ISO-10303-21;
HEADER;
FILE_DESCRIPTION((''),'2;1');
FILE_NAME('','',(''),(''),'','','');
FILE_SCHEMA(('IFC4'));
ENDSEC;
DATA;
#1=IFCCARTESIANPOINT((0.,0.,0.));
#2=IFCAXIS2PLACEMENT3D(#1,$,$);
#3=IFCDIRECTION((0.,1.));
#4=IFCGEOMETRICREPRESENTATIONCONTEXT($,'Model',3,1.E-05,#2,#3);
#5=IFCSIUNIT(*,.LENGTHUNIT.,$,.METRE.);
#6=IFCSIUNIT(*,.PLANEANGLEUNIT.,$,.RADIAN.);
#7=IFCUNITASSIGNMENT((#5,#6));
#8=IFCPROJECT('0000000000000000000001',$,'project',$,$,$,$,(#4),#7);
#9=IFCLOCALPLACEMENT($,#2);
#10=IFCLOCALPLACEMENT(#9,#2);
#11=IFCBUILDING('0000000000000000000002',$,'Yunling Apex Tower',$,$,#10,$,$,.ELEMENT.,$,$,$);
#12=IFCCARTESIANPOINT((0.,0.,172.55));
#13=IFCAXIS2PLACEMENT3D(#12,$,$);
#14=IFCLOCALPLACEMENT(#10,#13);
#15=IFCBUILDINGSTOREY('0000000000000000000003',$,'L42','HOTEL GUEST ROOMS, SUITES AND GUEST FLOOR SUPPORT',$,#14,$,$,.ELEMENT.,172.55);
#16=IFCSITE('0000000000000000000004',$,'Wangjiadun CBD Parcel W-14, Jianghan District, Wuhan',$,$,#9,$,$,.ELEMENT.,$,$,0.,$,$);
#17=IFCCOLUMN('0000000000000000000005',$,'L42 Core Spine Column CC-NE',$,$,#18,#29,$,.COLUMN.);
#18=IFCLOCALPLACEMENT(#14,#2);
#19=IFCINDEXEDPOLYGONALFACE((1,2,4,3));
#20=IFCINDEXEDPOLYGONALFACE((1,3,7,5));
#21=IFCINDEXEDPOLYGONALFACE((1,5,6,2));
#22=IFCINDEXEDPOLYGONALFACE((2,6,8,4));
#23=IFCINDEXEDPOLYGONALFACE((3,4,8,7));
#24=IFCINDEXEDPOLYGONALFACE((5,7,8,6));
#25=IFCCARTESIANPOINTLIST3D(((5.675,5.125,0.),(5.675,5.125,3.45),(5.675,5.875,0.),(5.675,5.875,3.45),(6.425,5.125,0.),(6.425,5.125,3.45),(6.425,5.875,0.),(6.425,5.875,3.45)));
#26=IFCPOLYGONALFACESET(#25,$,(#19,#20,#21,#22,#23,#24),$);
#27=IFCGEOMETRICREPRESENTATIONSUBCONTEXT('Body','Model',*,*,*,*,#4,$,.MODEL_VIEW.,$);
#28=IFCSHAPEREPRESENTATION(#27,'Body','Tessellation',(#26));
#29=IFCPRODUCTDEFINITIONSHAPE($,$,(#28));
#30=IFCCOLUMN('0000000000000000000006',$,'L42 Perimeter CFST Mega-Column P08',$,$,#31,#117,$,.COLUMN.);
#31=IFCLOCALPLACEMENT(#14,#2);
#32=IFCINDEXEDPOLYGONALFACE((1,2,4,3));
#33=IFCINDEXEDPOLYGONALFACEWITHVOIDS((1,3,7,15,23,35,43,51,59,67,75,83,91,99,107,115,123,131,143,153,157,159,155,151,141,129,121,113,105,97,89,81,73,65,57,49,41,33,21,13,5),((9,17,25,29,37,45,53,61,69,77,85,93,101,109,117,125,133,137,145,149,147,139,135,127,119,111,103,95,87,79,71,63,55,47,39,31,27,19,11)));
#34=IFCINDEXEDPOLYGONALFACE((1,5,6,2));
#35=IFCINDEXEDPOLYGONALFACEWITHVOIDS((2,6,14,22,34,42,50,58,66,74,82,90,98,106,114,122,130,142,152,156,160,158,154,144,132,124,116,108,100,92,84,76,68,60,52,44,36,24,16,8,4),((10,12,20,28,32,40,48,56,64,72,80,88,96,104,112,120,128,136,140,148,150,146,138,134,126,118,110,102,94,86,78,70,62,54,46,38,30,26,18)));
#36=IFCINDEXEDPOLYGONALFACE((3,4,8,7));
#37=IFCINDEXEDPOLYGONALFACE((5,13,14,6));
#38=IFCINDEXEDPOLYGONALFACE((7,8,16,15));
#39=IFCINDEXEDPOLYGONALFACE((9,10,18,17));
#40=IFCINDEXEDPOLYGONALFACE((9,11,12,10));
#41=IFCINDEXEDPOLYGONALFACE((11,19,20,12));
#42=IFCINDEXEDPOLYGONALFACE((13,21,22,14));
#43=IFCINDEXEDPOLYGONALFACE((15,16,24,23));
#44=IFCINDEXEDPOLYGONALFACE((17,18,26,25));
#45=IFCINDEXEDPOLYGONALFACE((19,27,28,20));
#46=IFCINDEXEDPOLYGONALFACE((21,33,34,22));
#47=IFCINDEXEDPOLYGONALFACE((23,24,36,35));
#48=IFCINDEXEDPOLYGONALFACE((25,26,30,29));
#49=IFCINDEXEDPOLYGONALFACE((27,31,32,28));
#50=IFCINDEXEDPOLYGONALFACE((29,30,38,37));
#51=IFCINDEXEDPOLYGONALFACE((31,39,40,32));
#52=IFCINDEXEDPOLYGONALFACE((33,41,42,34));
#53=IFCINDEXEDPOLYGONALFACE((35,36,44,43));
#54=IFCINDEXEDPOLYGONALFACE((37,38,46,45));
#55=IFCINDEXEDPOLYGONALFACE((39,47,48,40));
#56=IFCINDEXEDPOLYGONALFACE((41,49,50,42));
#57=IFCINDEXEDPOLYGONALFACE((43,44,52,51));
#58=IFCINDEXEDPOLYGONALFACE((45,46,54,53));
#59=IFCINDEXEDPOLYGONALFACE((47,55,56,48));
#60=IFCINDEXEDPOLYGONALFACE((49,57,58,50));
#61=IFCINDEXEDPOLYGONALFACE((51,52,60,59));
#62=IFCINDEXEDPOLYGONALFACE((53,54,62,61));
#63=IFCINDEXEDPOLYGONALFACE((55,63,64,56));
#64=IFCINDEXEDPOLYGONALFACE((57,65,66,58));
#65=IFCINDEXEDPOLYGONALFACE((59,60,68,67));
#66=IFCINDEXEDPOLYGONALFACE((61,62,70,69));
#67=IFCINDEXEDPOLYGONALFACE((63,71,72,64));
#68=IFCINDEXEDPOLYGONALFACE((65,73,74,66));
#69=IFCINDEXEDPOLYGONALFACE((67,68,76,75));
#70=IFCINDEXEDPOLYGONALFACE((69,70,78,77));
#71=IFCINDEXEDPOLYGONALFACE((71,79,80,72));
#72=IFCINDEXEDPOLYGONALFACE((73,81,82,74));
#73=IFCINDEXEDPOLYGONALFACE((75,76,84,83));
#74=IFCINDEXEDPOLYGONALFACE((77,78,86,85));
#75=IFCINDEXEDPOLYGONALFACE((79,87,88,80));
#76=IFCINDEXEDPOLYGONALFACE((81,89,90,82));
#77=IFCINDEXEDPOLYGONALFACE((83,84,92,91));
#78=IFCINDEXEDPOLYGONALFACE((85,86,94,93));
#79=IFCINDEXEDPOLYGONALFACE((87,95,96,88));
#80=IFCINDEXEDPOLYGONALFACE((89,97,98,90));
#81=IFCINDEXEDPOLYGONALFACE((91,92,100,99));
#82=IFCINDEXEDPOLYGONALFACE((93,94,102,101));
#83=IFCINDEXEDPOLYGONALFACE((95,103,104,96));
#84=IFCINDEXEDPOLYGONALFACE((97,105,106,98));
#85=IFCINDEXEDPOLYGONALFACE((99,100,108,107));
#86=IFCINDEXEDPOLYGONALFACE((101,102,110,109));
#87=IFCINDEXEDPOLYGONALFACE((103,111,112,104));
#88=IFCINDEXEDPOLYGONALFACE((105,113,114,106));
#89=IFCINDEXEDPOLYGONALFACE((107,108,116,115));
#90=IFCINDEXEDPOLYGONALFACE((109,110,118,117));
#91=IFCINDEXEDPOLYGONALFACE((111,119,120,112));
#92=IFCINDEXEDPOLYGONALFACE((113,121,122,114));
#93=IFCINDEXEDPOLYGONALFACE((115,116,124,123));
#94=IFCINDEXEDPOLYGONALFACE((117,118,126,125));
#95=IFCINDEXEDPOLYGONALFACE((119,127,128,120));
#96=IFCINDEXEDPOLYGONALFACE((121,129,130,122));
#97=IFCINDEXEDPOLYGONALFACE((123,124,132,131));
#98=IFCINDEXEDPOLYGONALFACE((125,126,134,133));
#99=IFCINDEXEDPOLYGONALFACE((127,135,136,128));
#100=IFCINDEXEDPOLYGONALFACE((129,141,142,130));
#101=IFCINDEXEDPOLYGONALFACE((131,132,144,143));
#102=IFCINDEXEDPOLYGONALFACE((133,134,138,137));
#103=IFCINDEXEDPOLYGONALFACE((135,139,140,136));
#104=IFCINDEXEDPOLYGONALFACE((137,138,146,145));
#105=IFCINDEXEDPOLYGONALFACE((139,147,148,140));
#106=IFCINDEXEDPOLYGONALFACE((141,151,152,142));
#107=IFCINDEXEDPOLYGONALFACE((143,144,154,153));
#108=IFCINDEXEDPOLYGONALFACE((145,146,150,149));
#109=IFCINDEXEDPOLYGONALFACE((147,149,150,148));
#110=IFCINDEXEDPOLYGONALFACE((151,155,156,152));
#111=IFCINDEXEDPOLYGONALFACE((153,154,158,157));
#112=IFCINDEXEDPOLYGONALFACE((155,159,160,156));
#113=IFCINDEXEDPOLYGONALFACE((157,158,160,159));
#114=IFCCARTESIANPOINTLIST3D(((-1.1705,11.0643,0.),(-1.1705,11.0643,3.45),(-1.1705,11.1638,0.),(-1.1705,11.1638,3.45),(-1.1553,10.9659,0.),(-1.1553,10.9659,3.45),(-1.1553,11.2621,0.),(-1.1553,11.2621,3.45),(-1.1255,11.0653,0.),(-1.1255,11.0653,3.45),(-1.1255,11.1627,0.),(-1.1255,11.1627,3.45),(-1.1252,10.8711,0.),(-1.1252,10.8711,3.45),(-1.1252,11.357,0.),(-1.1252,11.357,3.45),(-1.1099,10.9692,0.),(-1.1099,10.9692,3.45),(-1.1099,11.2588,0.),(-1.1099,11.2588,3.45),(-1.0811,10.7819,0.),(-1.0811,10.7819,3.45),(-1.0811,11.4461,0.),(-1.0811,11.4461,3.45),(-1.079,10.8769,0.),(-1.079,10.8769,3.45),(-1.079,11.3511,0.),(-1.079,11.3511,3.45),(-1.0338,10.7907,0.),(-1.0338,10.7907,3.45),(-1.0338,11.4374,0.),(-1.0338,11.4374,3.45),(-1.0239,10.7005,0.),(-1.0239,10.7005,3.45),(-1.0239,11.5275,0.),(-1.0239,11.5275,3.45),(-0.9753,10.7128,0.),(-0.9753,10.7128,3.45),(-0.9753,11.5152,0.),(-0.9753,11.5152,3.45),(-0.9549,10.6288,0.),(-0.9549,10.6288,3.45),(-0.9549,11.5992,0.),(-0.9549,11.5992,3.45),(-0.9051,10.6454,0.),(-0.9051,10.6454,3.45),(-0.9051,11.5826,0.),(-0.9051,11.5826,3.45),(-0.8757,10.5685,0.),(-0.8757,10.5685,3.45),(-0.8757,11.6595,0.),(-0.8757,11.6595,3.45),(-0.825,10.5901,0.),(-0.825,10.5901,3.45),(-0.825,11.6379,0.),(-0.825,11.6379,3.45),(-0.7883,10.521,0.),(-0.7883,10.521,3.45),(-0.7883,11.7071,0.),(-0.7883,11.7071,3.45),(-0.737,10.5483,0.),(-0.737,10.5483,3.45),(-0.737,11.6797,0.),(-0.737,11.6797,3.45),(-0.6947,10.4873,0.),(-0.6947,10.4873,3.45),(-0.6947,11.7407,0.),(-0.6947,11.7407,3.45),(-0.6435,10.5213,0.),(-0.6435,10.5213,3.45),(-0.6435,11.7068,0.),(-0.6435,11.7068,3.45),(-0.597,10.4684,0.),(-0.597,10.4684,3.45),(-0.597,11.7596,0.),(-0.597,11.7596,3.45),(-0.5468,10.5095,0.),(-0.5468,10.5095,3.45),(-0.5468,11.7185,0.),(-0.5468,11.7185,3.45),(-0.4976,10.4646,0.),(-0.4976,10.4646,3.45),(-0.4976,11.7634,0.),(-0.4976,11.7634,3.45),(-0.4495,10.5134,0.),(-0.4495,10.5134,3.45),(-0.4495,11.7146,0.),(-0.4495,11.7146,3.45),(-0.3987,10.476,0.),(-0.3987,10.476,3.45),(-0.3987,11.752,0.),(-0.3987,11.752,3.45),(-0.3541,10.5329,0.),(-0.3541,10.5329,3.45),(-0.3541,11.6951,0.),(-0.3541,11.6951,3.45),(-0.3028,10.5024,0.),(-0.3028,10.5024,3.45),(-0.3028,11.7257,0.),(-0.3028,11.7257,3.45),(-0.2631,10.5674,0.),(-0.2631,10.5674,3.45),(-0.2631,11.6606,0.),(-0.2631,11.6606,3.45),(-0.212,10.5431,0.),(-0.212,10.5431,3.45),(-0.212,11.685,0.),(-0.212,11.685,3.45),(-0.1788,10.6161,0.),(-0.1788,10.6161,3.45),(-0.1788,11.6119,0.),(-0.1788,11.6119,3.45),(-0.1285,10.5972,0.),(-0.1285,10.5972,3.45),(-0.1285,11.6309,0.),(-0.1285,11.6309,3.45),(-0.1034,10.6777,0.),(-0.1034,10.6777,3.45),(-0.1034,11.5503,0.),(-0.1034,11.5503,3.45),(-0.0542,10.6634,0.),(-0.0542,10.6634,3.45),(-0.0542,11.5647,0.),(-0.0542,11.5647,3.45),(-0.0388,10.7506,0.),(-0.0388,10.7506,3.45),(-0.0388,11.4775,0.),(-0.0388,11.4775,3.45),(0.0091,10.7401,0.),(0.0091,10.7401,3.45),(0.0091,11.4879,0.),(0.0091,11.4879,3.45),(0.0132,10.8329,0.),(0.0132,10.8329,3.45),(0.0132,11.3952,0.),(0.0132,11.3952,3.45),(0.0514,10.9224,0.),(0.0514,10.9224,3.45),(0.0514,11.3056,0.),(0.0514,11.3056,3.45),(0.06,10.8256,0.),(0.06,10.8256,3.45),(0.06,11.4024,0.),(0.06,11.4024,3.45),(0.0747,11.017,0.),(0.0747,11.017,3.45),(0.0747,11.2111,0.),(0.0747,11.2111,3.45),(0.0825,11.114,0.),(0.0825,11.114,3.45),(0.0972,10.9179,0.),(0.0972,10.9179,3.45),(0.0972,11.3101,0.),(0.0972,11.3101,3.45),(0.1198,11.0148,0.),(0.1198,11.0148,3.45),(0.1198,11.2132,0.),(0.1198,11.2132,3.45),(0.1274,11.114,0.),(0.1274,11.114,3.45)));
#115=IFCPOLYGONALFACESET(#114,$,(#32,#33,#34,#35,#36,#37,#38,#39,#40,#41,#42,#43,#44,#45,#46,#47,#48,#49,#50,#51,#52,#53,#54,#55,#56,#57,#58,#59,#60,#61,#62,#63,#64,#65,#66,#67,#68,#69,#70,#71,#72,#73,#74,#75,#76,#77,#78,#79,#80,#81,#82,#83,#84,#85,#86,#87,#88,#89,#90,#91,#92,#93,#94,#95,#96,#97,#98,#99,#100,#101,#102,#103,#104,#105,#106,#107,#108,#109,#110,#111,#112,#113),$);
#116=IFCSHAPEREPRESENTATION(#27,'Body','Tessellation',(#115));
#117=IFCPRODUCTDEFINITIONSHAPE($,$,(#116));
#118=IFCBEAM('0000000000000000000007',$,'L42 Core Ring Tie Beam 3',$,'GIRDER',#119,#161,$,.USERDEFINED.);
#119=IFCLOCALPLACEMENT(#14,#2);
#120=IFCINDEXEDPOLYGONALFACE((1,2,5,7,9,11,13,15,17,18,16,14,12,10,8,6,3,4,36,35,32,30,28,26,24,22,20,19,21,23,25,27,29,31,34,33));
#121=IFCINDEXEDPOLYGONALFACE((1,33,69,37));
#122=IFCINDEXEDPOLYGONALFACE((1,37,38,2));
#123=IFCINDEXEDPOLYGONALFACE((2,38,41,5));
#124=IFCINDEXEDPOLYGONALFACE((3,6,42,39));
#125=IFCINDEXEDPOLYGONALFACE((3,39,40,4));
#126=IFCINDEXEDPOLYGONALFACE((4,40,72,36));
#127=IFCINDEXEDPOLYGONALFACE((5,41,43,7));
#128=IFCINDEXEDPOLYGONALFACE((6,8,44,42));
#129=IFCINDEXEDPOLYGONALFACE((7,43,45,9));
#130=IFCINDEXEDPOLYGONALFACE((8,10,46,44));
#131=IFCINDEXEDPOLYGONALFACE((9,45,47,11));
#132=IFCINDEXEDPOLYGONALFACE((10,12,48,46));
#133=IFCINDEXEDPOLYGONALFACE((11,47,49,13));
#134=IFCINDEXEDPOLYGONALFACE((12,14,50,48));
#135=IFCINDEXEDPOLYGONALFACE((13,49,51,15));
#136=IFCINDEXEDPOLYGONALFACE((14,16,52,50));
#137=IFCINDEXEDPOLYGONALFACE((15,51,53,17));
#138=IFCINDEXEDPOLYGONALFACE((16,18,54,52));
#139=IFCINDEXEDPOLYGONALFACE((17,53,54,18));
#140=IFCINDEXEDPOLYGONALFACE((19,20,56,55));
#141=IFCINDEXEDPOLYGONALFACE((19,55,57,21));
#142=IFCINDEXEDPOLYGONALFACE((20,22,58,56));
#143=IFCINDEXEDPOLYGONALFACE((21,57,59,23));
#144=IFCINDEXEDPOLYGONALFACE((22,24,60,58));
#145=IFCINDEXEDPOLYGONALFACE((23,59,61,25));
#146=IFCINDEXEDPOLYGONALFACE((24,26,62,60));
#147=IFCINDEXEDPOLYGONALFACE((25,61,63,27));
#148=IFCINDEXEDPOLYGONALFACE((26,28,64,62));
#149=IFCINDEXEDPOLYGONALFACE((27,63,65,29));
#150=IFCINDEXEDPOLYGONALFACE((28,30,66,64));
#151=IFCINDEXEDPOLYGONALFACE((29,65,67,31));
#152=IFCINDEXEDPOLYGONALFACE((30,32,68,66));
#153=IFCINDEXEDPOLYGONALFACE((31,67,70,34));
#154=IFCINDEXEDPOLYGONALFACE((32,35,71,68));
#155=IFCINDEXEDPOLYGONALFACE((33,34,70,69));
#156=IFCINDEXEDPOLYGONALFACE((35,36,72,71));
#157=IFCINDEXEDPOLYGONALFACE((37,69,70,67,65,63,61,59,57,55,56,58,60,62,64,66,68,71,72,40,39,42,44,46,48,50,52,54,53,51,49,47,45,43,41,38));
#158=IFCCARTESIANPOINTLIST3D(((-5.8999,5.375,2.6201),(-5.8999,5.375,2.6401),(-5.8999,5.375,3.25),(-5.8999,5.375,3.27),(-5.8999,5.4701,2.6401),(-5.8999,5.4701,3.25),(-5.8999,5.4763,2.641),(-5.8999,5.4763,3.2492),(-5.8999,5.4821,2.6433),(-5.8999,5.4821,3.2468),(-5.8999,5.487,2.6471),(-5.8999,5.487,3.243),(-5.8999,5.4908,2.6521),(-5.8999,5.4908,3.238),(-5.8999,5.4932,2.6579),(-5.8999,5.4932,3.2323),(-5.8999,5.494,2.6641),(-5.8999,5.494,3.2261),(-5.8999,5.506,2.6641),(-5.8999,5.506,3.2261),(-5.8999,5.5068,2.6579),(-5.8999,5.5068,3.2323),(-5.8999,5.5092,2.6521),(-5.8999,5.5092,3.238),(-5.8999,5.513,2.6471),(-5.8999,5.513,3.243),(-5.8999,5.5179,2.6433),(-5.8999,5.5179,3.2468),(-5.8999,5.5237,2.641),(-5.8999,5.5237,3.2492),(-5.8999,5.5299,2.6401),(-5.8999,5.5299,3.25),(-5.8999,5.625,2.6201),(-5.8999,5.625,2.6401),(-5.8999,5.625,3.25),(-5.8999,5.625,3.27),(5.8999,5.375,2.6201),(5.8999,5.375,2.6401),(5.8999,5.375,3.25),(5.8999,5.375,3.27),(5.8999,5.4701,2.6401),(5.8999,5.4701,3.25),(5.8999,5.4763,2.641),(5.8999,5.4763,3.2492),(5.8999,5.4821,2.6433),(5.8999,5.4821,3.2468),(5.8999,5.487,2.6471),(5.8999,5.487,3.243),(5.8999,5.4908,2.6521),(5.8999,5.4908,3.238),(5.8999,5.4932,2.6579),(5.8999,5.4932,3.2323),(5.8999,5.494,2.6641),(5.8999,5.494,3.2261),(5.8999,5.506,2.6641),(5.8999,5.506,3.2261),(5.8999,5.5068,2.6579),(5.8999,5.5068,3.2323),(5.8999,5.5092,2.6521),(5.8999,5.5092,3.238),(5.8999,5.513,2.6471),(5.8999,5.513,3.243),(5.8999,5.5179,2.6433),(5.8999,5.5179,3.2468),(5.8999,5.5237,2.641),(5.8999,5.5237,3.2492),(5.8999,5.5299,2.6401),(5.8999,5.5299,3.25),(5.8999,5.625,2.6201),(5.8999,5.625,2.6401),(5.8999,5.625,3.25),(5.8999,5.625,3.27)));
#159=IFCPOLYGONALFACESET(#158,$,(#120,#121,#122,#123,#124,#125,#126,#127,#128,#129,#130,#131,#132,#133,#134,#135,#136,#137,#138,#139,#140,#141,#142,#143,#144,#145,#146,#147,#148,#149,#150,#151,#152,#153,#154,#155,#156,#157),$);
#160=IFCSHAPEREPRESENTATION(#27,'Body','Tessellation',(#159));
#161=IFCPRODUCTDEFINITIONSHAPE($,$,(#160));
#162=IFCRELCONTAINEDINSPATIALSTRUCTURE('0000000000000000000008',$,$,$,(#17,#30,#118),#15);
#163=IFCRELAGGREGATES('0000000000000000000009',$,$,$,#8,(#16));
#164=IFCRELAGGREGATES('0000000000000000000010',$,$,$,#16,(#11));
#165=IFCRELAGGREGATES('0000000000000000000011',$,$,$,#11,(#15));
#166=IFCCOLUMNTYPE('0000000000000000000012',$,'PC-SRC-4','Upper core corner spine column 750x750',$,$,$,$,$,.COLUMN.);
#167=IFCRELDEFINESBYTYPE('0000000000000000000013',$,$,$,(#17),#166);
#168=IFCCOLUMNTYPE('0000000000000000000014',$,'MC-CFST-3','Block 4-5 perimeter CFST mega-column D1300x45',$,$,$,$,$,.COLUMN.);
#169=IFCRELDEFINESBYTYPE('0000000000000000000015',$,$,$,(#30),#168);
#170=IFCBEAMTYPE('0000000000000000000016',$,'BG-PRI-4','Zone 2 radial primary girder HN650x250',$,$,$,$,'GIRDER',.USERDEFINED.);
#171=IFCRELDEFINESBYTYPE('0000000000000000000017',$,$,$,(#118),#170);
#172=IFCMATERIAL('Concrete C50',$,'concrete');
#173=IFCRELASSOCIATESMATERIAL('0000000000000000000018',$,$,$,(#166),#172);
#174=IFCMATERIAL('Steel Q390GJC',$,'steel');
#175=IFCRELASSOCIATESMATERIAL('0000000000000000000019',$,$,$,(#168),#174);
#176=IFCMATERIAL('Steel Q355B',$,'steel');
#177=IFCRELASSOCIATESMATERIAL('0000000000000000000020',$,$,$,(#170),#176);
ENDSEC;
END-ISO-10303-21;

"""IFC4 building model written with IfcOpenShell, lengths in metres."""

from ifc_helpers import new_model, si_unit, direction, frame, origin, origin_2d, place, context, subcontext, project, spatial, rectangle, hollow_circle, i_section, extrude, source, transform, mapped, material, material_profile, profile_set, type_object, element, save


model = new_model("IFC4")

# Units and contexts
model_context = context("Model", 3, precision=1e-05, world=origin(), true_north=direction((0.0, 1.0)))
body_context = subcontext(model_context, "Body", "Model", "MODEL_VIEW")
ifc_project = project(units=[si_unit("LENGTHUNIT", "METRE"), si_unit("PLANEANGLEUNIT", "RADIAN")], contexts=[model_context])

# Site, building, storey
site_placement = place(None, origin())
site = spatial("IfcSite", under=ifc_project, at=site_placement, Name="Wangjiadun CBD Parcel W-14, Jianghan District, Wuhan", CompositionType="ELEMENT", RefElevation=0.0)
building_placement = place(site_placement, origin())
building = spatial("IfcBuilding", under=site, at=building_placement, Name="Yunling Apex Tower", CompositionType="ELEMENT")
storey_placement = place(building_placement, frame((0.0, 0.0, 172.55)))
storey = spatial("IfcBuildingStorey", under=building, at=storey_placement, Name="L42", Description="HOTEL GUEST ROOMS, SUITES AND GUEST FLOOR SUPPORT", CompositionType="ELEMENT", Elevation=172.55)

# Columns
ifc_material_1 = material(Name="Concrete C50", Category="concrete")
ifc_material_profile_1 = material_profile(ifc_material_1, rectangle(XDim=0.75, YDim=0.75, at=origin_2d()))
ifc_profile_set_1 = profile_set([ifc_material_profile_1], Name="Concrete C50")
column_type_1 = type_object("IfcColumnType", Name="PC-SRC-4", Description="Upper core corner spine column 750x750", PredefinedType="COLUMN", material=ifc_profile_set_1)
shared_shape_1 = source(origin(), body_context, "Body", "SweptSolid", [
    extrude(rectangle(XDim=0.75, YDim=0.75, at=origin_2d()), origin(), (0.0, 0.0, 1.0), 3.45),
])
column_1_placement = place(storey_placement, frame((6.05, 5.5, 0.0), z_axis=(0.0, 0.0, 1.0), x_axis=(1.0, 0.0, 0.0)))
element("IfcColumn", 1, at=column_1_placement, inside=storey, type_object=column_type_1, Name="L42 Core Spine Column CC-NE", PredefinedType="COLUMN", context=body_context, shape_type="MappedRepresentation", body=[
    mapped(shared_shape_1, transform((0.0, 0.0, 0.0), scale=1.0)),
])
ifc_material_2 = material(Name="Steel Q390GJC", Category="steel")
ifc_material_profile_2 = material_profile(ifc_material_2, hollow_circle(Radius=0.6499, WallThickness=0.0449, at=origin_2d()))
ifc_profile_set_2 = profile_set([ifc_material_profile_2], Name="Steel Q390GJC")
column_type_2 = type_object("IfcColumnType", Name="MC-CFST-3", Description="Block 4-5 perimeter CFST mega-column D1300x45", PredefinedType="COLUMN", material=ifc_profile_set_2)
shared_shape_2 = source(origin(), body_context, "Body", "SweptSolid", [
    extrude(hollow_circle(Radius=0.6499, WallThickness=0.0449, at=origin_2d()), origin(), (0.0, 0.0, 1.0), 3.45),
])
column_2_placement = place(storey_placement, frame((-0.5225, 11.114, 0.0), z_axis=(0.0, 0.0, 1.0), x_axis=(1.0, 0.0, 0.0)))
element("IfcColumn", 2, at=column_2_placement, inside=storey, type_object=column_type_2, Name="L42 Perimeter CFST Mega-Column P08", PredefinedType="COLUMN", context=body_context, shape_type="MappedRepresentation", body=[
    mapped(shared_shape_2, transform((0.0, 0.0, 0.0), scale=1.0)),
])

# Beam
ifc_material_3 = material(Name="Steel Q355B", Category="steel")
ifc_material_profile_3 = material_profile(ifc_material_3, i_section(OverallWidth=0.25, OverallDepth=0.6499, WebThickness=0.012, FlangeThickness=0.02, FilletRadius=0.0239, at=origin_2d()))
ifc_profile_set_3 = profile_set([ifc_material_profile_3], Name="Steel Q355B")
beam_type_1 = type_object("IfcBeamType", Name="BG-PRI-4", Description="Zone 2 radial primary girder HN650x250", ElementType="GIRDER", PredefinedType="USERDEFINED", material=ifc_profile_set_3)
shared_shape_3 = source(origin(), body_context, "Body", "SweptSolid", [
    extrude(i_section(OverallWidth=0.25, OverallDepth=0.6499, WebThickness=0.012, FlangeThickness=0.02, FilletRadius=0.0239, at=origin_2d()), origin(), (0.0, 0.0, 1.0), 11.7998),
])
beam_1_placement = place(storey_placement, frame((5.8999, 5.5, 2.9451), z_axis=(-1.0, 0.0, 0.0), x_axis=(0.0, -1.0, 0.0)))
element("IfcBeam", 3, at=beam_1_placement, inside=storey, type_object=beam_type_1, Name="L42 Core Ring Tie Beam 3", ObjectType="GIRDER", PredefinedType="USERDEFINED", context=body_context, shape_type="MappedRepresentation", body=[
    mapped(shared_shape_3, transform((0.0, 0.0, 0.0), scale=1.0)),
])

save(model, "model.ifc")
